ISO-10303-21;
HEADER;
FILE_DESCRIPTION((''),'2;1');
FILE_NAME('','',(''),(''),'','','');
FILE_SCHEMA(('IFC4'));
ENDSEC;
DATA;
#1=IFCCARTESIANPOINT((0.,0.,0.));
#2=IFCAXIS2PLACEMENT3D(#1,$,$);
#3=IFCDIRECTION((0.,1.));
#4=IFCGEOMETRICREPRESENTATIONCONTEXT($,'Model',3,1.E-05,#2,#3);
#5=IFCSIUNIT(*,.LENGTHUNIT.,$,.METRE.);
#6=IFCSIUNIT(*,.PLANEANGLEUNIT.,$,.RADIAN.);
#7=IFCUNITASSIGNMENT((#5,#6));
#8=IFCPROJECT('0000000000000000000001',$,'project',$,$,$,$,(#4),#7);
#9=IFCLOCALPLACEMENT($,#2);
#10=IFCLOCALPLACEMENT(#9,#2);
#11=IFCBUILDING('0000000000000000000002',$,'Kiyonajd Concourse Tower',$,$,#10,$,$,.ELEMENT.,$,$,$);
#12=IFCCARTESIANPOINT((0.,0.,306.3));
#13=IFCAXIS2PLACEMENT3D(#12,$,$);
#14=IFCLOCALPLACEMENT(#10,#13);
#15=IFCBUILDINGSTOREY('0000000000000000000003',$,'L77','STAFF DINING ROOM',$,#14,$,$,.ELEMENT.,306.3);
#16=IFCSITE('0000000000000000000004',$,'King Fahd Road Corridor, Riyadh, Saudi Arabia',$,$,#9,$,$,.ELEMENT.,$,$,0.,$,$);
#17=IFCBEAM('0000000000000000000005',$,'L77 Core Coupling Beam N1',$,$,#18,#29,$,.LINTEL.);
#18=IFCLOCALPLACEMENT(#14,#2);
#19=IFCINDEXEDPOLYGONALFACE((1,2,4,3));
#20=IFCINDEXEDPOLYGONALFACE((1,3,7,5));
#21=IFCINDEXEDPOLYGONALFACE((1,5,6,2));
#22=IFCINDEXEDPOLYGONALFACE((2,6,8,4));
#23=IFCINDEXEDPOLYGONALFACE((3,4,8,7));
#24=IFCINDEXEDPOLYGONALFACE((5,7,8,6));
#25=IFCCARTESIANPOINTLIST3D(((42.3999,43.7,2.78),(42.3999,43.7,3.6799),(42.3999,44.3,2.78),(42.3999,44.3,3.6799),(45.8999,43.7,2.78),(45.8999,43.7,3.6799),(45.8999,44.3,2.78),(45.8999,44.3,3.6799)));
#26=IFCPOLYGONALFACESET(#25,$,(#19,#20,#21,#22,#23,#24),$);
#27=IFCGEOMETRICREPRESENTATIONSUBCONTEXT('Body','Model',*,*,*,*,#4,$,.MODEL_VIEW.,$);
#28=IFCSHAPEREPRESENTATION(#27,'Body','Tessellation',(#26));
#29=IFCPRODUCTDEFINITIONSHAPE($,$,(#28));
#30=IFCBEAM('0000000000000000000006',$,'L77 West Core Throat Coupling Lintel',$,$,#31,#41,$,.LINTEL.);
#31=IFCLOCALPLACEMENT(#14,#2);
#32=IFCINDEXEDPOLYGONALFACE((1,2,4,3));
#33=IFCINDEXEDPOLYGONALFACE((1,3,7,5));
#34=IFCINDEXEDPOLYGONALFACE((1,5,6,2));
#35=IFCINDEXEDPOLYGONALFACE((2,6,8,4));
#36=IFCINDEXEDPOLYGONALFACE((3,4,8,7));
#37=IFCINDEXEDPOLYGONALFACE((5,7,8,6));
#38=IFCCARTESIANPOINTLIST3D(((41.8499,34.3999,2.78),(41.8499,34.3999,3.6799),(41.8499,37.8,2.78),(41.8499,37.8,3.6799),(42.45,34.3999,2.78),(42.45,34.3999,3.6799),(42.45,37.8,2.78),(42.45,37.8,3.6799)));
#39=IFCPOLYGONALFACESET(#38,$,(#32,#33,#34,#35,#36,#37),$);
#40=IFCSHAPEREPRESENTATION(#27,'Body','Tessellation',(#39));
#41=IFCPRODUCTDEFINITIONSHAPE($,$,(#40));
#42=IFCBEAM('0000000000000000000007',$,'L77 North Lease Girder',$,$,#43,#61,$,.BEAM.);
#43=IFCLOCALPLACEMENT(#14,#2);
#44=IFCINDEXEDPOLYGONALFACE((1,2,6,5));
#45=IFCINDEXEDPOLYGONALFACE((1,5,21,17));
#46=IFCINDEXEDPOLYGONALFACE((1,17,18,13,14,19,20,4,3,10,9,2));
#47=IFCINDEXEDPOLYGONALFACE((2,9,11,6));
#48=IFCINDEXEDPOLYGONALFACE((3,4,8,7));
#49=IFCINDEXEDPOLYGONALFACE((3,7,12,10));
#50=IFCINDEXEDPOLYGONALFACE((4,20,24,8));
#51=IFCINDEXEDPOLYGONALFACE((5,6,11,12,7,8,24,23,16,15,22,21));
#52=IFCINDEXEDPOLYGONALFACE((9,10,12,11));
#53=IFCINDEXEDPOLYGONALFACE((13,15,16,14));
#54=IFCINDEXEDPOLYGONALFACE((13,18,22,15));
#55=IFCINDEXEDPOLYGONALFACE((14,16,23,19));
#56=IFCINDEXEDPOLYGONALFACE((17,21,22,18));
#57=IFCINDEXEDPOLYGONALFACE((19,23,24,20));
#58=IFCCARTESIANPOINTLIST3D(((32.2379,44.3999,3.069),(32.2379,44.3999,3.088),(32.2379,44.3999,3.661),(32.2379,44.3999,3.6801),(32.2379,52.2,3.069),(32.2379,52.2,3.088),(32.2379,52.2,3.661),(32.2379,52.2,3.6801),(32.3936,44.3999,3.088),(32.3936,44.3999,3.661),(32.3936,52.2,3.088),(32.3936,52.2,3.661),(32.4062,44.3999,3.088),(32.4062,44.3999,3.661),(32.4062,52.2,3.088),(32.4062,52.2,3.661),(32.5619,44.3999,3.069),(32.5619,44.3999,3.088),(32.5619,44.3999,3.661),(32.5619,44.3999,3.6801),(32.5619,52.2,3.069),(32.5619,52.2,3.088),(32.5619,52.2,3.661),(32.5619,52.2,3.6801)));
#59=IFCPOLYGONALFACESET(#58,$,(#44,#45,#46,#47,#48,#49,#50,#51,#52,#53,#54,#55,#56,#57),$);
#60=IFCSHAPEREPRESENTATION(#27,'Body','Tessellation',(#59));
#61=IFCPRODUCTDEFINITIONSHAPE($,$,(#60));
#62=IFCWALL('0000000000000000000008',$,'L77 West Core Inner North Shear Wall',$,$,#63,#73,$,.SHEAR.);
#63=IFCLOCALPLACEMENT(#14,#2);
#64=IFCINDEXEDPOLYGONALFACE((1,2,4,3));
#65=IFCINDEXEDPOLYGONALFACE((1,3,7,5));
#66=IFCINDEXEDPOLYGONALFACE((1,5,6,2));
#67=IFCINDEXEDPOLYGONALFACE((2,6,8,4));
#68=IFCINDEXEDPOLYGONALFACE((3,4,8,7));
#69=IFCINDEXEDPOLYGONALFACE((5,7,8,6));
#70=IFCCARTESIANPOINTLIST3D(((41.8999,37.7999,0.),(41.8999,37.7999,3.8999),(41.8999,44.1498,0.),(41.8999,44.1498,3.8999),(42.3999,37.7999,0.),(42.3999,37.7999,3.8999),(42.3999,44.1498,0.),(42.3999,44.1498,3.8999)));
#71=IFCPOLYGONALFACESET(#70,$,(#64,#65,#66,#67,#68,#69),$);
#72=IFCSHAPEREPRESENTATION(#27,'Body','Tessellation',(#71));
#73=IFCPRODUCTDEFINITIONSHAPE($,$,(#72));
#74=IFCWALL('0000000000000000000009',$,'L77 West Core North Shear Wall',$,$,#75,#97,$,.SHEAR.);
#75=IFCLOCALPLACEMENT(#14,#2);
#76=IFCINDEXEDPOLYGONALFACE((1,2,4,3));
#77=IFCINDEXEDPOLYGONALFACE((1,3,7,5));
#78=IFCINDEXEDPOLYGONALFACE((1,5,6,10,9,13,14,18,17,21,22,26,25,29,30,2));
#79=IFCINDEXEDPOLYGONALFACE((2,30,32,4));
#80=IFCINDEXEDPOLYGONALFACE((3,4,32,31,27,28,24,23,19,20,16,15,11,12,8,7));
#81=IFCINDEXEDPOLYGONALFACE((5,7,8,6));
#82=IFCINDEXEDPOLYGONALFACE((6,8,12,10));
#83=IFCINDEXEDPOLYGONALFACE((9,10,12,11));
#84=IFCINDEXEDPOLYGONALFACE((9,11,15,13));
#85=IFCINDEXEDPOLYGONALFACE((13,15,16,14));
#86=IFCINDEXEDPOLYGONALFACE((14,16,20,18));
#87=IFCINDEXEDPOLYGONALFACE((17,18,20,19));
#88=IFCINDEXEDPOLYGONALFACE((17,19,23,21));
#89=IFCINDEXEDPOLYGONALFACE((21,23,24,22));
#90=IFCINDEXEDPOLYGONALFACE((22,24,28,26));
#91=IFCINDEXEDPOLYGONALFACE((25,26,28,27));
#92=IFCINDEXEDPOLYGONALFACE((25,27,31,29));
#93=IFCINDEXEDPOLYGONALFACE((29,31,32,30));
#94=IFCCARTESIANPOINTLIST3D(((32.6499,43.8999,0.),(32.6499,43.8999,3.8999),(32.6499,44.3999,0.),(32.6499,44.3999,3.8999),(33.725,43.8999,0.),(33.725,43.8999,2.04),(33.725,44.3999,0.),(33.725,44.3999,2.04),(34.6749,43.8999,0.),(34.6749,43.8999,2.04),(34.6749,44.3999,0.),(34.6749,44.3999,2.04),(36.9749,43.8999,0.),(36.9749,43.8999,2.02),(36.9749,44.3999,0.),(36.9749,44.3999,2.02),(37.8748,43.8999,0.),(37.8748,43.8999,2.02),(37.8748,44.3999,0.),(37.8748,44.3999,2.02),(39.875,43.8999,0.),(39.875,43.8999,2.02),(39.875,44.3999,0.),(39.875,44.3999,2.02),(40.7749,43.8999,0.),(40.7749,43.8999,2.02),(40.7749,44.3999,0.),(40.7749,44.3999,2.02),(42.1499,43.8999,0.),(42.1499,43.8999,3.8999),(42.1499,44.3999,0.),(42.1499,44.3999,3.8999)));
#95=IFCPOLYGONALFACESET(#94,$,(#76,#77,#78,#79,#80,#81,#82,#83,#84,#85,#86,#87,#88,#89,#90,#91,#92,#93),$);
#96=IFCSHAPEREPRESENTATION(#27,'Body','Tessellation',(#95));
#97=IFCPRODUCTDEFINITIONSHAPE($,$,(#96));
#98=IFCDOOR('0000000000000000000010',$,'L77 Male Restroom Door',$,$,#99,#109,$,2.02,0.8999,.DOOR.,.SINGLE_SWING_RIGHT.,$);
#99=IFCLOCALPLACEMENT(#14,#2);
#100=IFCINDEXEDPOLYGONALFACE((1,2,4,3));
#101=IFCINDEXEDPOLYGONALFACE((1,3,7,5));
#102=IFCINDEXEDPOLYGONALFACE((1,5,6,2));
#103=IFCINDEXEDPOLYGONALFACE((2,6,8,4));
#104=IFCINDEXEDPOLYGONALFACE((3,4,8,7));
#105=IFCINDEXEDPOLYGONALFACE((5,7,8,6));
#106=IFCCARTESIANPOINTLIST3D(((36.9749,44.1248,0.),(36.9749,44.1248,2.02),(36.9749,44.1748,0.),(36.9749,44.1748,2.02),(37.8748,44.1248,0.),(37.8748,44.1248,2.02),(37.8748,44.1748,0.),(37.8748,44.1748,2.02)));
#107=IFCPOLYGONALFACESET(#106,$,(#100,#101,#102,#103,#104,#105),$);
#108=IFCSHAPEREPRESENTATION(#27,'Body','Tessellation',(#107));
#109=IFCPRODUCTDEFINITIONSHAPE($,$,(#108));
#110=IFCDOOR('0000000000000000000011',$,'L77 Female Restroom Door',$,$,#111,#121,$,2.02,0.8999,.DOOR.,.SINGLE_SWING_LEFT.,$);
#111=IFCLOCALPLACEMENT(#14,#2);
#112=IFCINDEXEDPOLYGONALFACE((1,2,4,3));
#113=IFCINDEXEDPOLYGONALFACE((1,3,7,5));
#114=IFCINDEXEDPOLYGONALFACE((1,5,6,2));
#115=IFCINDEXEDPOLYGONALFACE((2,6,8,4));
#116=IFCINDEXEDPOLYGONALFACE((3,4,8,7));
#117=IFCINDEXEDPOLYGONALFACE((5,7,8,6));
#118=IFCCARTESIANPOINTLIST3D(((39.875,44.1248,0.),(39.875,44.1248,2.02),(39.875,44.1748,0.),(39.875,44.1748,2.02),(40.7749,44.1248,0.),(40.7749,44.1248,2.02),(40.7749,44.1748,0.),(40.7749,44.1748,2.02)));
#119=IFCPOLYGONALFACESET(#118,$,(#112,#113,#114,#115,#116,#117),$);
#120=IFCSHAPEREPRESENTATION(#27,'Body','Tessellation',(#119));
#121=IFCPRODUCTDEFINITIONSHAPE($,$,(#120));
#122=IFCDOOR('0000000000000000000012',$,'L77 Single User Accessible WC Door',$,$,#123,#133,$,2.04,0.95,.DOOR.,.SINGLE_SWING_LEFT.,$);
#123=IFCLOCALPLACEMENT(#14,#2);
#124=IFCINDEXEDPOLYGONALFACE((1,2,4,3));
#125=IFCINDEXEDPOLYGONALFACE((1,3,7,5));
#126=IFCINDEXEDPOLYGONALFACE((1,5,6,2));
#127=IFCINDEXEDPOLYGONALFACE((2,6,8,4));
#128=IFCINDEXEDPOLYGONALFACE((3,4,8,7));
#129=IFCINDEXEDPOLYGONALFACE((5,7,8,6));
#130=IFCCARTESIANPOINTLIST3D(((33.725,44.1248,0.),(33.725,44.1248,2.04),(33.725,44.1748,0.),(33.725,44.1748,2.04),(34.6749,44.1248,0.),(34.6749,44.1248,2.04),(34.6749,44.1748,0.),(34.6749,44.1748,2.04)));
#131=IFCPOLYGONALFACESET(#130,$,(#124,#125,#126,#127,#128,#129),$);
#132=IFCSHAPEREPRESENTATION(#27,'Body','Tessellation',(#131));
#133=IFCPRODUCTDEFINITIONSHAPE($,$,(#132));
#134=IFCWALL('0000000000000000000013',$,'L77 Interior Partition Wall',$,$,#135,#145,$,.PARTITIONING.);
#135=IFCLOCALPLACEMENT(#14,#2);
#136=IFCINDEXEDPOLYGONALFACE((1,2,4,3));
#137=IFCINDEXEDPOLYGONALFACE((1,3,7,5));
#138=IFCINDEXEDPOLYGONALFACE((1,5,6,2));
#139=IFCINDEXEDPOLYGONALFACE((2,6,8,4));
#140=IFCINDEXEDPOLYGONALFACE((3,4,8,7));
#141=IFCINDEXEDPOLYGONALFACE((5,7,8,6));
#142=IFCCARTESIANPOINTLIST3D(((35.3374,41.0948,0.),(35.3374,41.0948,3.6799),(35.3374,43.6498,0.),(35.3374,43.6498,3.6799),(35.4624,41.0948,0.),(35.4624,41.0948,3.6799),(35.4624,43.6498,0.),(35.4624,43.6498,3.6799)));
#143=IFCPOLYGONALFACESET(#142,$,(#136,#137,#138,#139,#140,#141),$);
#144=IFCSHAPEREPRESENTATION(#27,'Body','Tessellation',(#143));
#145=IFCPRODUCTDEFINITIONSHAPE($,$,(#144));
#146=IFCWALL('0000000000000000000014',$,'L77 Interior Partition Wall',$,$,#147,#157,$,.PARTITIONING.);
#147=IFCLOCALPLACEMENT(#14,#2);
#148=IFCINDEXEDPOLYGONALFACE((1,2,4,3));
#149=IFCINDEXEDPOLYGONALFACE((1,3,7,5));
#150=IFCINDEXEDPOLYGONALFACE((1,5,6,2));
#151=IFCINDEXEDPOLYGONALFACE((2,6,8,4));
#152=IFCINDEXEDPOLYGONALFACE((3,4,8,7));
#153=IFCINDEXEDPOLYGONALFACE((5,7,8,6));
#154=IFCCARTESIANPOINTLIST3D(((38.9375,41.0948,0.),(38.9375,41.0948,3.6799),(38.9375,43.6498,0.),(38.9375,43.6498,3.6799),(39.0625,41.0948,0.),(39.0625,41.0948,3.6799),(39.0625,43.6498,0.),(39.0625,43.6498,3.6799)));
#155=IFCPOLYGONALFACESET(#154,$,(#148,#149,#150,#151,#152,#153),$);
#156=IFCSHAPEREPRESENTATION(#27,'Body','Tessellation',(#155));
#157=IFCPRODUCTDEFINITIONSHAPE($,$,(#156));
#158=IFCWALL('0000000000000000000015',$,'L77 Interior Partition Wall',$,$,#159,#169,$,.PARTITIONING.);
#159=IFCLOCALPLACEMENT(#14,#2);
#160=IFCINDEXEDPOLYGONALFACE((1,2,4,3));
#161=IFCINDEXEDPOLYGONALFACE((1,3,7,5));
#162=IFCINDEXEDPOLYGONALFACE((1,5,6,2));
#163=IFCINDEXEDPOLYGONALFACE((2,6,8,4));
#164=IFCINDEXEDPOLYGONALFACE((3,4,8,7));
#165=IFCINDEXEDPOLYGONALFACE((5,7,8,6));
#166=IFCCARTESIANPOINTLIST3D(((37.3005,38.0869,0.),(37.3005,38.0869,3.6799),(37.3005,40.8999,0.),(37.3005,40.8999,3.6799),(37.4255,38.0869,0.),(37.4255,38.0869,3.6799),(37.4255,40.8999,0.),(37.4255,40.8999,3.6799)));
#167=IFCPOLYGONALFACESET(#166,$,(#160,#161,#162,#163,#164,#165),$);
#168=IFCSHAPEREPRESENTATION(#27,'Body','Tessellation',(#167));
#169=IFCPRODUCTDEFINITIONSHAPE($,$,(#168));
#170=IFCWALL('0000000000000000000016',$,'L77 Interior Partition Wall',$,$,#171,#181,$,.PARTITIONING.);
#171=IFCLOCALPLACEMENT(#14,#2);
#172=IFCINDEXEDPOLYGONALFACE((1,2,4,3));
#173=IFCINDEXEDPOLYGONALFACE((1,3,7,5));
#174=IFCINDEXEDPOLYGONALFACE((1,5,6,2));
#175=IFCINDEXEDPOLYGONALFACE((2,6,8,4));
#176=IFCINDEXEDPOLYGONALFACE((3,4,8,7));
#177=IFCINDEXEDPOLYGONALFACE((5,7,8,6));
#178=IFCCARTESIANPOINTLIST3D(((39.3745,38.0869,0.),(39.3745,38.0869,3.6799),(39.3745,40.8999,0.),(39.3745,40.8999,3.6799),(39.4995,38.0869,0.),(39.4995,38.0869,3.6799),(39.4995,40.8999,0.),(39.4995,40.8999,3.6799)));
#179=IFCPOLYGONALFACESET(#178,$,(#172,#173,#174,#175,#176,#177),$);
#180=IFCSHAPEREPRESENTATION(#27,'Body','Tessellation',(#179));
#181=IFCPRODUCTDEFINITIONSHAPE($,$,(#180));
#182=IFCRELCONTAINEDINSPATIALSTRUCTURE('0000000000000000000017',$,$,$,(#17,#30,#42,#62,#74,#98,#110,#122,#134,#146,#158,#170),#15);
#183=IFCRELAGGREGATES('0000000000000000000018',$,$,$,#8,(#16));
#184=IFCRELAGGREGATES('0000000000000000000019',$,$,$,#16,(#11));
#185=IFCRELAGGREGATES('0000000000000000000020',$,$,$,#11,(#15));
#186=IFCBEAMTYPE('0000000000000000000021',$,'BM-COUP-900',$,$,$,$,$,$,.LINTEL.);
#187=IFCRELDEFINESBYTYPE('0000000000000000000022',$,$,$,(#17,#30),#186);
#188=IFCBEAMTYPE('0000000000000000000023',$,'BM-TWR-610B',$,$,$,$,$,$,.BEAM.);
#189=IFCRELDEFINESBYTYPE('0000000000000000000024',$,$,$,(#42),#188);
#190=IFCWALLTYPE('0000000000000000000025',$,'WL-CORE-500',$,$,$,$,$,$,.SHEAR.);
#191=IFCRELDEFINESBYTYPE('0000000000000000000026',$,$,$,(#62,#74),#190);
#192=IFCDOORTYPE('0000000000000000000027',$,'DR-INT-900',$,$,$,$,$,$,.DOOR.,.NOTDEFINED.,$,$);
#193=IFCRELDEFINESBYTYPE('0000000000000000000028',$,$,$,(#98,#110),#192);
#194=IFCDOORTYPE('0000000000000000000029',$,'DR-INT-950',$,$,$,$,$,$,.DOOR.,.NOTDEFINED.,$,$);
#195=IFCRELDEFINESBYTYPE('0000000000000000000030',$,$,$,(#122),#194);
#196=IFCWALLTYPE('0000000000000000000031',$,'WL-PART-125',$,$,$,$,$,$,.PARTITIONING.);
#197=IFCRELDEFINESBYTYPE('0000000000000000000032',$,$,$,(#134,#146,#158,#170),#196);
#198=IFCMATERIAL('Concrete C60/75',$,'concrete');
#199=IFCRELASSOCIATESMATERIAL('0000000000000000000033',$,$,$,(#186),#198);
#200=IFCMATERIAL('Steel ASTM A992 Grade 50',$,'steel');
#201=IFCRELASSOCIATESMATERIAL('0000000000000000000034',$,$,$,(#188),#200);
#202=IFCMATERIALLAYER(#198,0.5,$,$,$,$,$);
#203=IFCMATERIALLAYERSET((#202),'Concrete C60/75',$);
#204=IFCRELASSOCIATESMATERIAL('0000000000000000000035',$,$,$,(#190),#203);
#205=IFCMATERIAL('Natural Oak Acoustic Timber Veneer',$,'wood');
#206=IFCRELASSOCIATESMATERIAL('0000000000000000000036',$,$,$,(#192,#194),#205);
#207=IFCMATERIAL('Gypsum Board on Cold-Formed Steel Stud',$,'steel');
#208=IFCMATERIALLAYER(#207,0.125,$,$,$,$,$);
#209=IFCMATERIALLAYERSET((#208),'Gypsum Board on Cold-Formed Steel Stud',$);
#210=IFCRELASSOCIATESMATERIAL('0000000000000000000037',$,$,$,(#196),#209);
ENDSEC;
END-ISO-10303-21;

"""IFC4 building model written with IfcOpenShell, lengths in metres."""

from ifc_helpers import new_model, si_unit, direction, frame, frame_2d, origin, origin_2d, place, context, subcontext, project, spatial, rectangle, i_section, extrude, material, layer, layer_set, material_profile, profile_set, type_object, element, fill, save


model = new_model("IFC4")

# Units and contexts
model_context = context("Model", 3, precision=1e-05, world=origin(), true_north=direction((0.0, 1.0)))
body_context = subcontext(model_context, "Body", "Model", "MODEL_VIEW")
ifc_project = project(units=[si_unit("LENGTHUNIT", "METRE"), si_unit("PLANEANGLEUNIT", "RADIAN")], contexts=[model_context])

# Site, building, storey
site_placement = place(None, origin())
site = spatial("IfcSite", under=ifc_project, at=site_placement, Name="King Fahd Road Corridor, Riyadh, Saudi Arabia", CompositionType="ELEMENT", RefElevation=0.0)
building_placement = place(site_placement, origin())
building = spatial("IfcBuilding", under=site, at=building_placement, Name="Kiyonajd Concourse Tower", CompositionType="ELEMENT")
storey_placement = place(building_placement, frame((0.0, 0.0, 306.3)))
storey = spatial("IfcBuildingStorey", under=building, at=storey_placement, Name="L77", Description="STAFF DINING ROOM", CompositionType="ELEMENT", Elevation=306.3)

# Beams
ifc_material_1 = material(Name="Concrete C60/75", Category="concrete")
ifc_material_profile_1 = material_profile(ifc_material_1, rectangle(XDim=0.6001, YDim=0.8999, at=origin_2d()), Name="RCBM-600x900")
ifc_profile_set_1 = profile_set([ifc_material_profile_1], Name="Concrete C60/75")
beam_type_1 = type_object("IfcBeamType", Name="BM-COUP-900", PredefinedType="LINTEL", material=ifc_profile_set_1)
beam_1_placement = place(storey_placement, frame((42.3999, 44.0, 3.23), z_axis=(1.0, 0.0, 0.0), x_axis=(0.0, 1.0, 0.0)))
element("IfcBeam", 1, at=beam_1_placement, inside=storey, type_object=beam_type_1, Name="L77 Core Coupling Beam N1", PredefinedType="LINTEL", context=body_context, shape_type="SweptSolid", body=[
    extrude(rectangle(XDim=0.6001, YDim=0.8999, at=origin_2d()), origin(), (0.0, 0.0, 1.0), 3.5),
])
beam_2_placement = place(storey_placement, frame((42.1499, 34.3999, 3.23), z_axis=(0.0, 1.0, 0.0), x_axis=(-1.0, 0.0, 0.0)))
element("IfcBeam", 2, at=beam_2_placement, inside=storey, type_object=beam_type_1, Name="L77 West Core Throat Coupling Lintel", PredefinedType="LINTEL", context=body_context, shape_type="SweptSolid", body=[
    extrude(rectangle(XDim=0.6001, YDim=0.8999, at=origin_2d()), origin(), (0.0, 0.0, 1.0), 3.4001),
])
ifc_material_2 = material(Name="Steel ASTM A992 Grade 50", Category="steel")
ifc_material_profile_2 = material_profile(ifc_material_2, i_section(OverallWidth=0.324, OverallDepth=0.6111, WebThickness=0.0127, FlangeThickness=0.019, at=origin_2d()), Name="W610X155")
ifc_profile_set_2 = profile_set([ifc_material_profile_2], Name="Steel ASTM A992 Grade 50")
beam_type_2 = type_object("IfcBeamType", Name="BM-TWR-610B", PredefinedType="BEAM", material=ifc_profile_set_2)
beam_3_placement = place(storey_placement, frame((32.3999, 44.3999, 3.3745), z_axis=(0.0, 1.0, 0.0), x_axis=(-1.0, 0.0, 0.0)))
element("IfcBeam", 3, at=beam_3_placement, inside=storey, type_object=beam_type_2, Name="L77 North Lease Girder", PredefinedType="BEAM", context=body_context, shape_type="SweptSolid", body=[
    extrude(i_section(OverallWidth=0.324, OverallDepth=0.6111, WebThickness=0.0127, FlangeThickness=0.019, at=origin_2d()), origin(), (0.0, 0.0, 1.0), 7.8),
])

# Wall
ifc_layer_1 = layer(ifc_material_1, 0.5)
ifc_layer_set_1 = layer_set([ifc_layer_1], Name="Concrete C60/75")
wall_type_1 = type_object("IfcWallType", Name="WL-CORE-500", PredefinedType="SHEAR", material=ifc_layer_set_1)
wall_1_placement = place(storey_placement, frame((42.1499, 37.8, 0.0), z_axis=(0.0, 0.0, 1.0), x_axis=(0.0, 1.0, 0.0)))
element("IfcWall", 4, at=wall_1_placement, inside=storey, type_object=wall_type_1, Name="L77 West Core Inner North Shear Wall", PredefinedType="SHEAR", context=body_context, shape_type="SweptSolid", body=[
    extrude(rectangle(XDim=6.3499, YDim=0.5, at=frame_2d((3.1748, 0.0))), origin(), (0.0, 0.0, 1.0), 3.8999),
])

# Wall, openings, doors
wall_2_placement = place(storey_placement, frame((32.6499, 44.1499, 0.0), z_axis=(0.0, 0.0, 1.0), x_axis=(1.0, 0.0, 0.0)))
wall_2 = element("IfcWall", 5, at=wall_2_placement, inside=storey, type_object=wall_type_1, Name="L77 West Core North Shear Wall", PredefinedType="SHEAR", context=body_context, shape_type="SweptSolid", body=[
    extrude(rectangle(XDim=9.5, YDim=0.5, at=frame_2d((4.75, 0.0))), origin(), (0.0, 0.0, 1.0), 3.8999),
])
opening_1_placement = place(wall_2_placement, frame((1.075, 0.0, 0.0)))
opening_1 = element("IfcOpeningElement", 6, at=opening_1_placement, cuts=wall_2, PredefinedType="OPENING", context=body_context, shape_type="SweptSolid", body=[
    extrude(rectangle(XDim=0.95, YDim=2.04, at=frame_2d((0.4751, 1.02))), frame((0.0, 0.26, 0.0), z_axis=(0.0, -1.0, 0.0), x_axis=(1.0, 0.0, 0.0)), (0.0, 0.0, 1.0), 0.52),
])
opening_2_placement = place(wall_2_placement, frame((4.325, 0.0, 0.0)))
opening_2 = element("IfcOpeningElement", 7, at=opening_2_placement, cuts=wall_2, PredefinedType="OPENING", context=body_context, shape_type="SweptSolid", body=[
    extrude(rectangle(XDim=0.8999, YDim=2.02, at=frame_2d((0.45, 1.01))), frame((0.0, 0.26, 0.0), z_axis=(0.0, -1.0, 0.0), x_axis=(1.0, 0.0, 0.0)), (0.0, 0.0, 1.0), 0.52),
])
opening_3_placement = place(wall_2_placement, frame((7.2251, 0.0, 0.0)))
opening_3 = element("IfcOpeningElement", 8, at=opening_3_placement, cuts=wall_2, PredefinedType="OPENING", context=body_context, shape_type="SweptSolid", body=[
    extrude(rectangle(XDim=0.8999, YDim=2.02, at=frame_2d((0.45, 1.01))), frame((0.0, 0.26, 0.0), z_axis=(0.0, -1.0, 0.0), x_axis=(1.0, 0.0, 0.0)), (0.0, 0.0, 1.0), 0.52),
])
ifc_material_3 = material(Name="Natural Oak Acoustic Timber Veneer", Category="wood")
door_type_1 = type_object("IfcDoorType", Name="DR-INT-900", OperationType="NOTDEFINED", PredefinedType="DOOR", material=ifc_material_3)
door_1_placement = place(opening_2_placement, origin())
door_1 = element("IfcDoor", 9, at=door_1_placement, inside=storey, type_object=door_type_1, Name="L77 Male Restroom Door", OperationType="SINGLE_SWING_RIGHT", OverallHeight=2.02, OverallWidth=0.8999, PredefinedType="DOOR", context=body_context, shape_type="SweptSolid", body=[
    extrude(rectangle(XDim=0.8999, YDim=2.02, at=frame_2d((0.45, 1.01))), frame((0.0, 0.0249, 0.0), z_axis=(0.0, -1.0, 0.0), x_axis=(1.0, 0.0, 0.0)), (0.0, 0.0, 1.0), 0.05),
])
fill(opening_2, door_1)
door_2_placement = place(opening_3_placement, origin())
door_2 = element("IfcDoor", 10, at=door_2_placement, inside=storey, type_object=door_type_1, Name="L77 Female Restroom Door", OperationType="SINGLE_SWING_LEFT", OverallHeight=2.02, OverallWidth=0.8999, PredefinedType="DOOR", context=body_context, shape_type="SweptSolid", body=[
    extrude(rectangle(XDim=0.8999, YDim=2.02, at=frame_2d((0.45, 1.01))), frame((0.0, 0.0249, 0.0), z_axis=(0.0, -1.0, 0.0), x_axis=(1.0, 0.0, 0.0)), (0.0, 0.0, 1.0), 0.05),
])
fill(opening_3, door_2)
door_type_2 = type_object("IfcDoorType", Name="DR-INT-950", OperationType="NOTDEFINED", PredefinedType="DOOR", material=ifc_material_3)
door_3_placement = place(opening_1_placement, origin())
door_3 = element("IfcDoor", 11, at=door_3_placement, inside=storey, type_object=door_type_2, Name="L77 Single User Accessible WC Door", OperationType="SINGLE_SWING_LEFT", OverallHeight=2.04, OverallWidth=0.95, PredefinedType="DOOR", context=body_context, shape_type="SweptSolid", body=[
    extrude(rectangle(XDim=0.95, YDim=2.04, at=frame_2d((0.4751, 1.02))), frame((0.0, 0.0249, 0.0), z_axis=(0.0, -1.0, 0.0), x_axis=(1.0, 0.0, 0.0)), (0.0, 0.0, 1.0), 0.05),
])
fill(opening_1, door_3)

# Walls
ifc_material_4 = material(Name="Gypsum Board on Cold-Formed Steel Stud", Category="steel")
ifc_layer_2 = layer(ifc_material_4, 0.125)
ifc_layer_set_2 = layer_set([ifc_layer_2], Name="Gypsum Board on Cold-Formed Steel Stud")
wall_type_2 = type_object("IfcWallType", Name="WL-PART-125", PredefinedType="PARTITIONING", material=ifc_layer_set_2)
for number, where, z_axis, x_axis, name in (
    (12, (35.3999, 41.095, 0.0), (0.0, 0.0, 1.0), (0.0, 1.0, 0.0), "L77 Interior Partition Wall"),
    (13, (39.0, 41.095, 0.0), (0.0, 0.0, 1.0), (0.0, 1.0, 0.0), "L77 Interior Partition Wall"),
):
    element("IfcWall", number, at=place(storey_placement, frame(where, z_axis=z_axis, x_axis=x_axis)), inside=storey, type_object=wall_type_2, Name=name, PredefinedType="PARTITIONING", context=body_context, shape_type="SweptSolid", body=[
        extrude(rectangle(XDim=2.5549, YDim=0.125, at=frame_2d((1.2773, 0.0))), origin(), (0.0, 0.0, 1.0), 3.6799),
    ])
for number, where, z_axis, x_axis, name in (
    (14, (37.363, 38.0869, 0.0), (0.0, 0.0, 1.0), (0.0, 1.0, 0.0), "L77 Interior Partition Wall"),
    (15, (39.437, 38.0869, 0.0), (0.0, 0.0, 1.0), (0.0, 1.0, 0.0), "L77 Interior Partition Wall"),
):
    element("IfcWall", number, at=place(storey_placement, frame(where, z_axis=z_axis, x_axis=x_axis)), inside=storey, type_object=wall_type_2, Name=name, PredefinedType="PARTITIONING", context=body_context, shape_type="SweptSolid", body=[
        extrude(rectangle(XDim=2.813, YDim=0.125, at=frame_2d((1.4065, 0.0))), origin(), (0.0, 0.0, 1.0), 3.6799),
    ])

save(model, "model.ifc")
